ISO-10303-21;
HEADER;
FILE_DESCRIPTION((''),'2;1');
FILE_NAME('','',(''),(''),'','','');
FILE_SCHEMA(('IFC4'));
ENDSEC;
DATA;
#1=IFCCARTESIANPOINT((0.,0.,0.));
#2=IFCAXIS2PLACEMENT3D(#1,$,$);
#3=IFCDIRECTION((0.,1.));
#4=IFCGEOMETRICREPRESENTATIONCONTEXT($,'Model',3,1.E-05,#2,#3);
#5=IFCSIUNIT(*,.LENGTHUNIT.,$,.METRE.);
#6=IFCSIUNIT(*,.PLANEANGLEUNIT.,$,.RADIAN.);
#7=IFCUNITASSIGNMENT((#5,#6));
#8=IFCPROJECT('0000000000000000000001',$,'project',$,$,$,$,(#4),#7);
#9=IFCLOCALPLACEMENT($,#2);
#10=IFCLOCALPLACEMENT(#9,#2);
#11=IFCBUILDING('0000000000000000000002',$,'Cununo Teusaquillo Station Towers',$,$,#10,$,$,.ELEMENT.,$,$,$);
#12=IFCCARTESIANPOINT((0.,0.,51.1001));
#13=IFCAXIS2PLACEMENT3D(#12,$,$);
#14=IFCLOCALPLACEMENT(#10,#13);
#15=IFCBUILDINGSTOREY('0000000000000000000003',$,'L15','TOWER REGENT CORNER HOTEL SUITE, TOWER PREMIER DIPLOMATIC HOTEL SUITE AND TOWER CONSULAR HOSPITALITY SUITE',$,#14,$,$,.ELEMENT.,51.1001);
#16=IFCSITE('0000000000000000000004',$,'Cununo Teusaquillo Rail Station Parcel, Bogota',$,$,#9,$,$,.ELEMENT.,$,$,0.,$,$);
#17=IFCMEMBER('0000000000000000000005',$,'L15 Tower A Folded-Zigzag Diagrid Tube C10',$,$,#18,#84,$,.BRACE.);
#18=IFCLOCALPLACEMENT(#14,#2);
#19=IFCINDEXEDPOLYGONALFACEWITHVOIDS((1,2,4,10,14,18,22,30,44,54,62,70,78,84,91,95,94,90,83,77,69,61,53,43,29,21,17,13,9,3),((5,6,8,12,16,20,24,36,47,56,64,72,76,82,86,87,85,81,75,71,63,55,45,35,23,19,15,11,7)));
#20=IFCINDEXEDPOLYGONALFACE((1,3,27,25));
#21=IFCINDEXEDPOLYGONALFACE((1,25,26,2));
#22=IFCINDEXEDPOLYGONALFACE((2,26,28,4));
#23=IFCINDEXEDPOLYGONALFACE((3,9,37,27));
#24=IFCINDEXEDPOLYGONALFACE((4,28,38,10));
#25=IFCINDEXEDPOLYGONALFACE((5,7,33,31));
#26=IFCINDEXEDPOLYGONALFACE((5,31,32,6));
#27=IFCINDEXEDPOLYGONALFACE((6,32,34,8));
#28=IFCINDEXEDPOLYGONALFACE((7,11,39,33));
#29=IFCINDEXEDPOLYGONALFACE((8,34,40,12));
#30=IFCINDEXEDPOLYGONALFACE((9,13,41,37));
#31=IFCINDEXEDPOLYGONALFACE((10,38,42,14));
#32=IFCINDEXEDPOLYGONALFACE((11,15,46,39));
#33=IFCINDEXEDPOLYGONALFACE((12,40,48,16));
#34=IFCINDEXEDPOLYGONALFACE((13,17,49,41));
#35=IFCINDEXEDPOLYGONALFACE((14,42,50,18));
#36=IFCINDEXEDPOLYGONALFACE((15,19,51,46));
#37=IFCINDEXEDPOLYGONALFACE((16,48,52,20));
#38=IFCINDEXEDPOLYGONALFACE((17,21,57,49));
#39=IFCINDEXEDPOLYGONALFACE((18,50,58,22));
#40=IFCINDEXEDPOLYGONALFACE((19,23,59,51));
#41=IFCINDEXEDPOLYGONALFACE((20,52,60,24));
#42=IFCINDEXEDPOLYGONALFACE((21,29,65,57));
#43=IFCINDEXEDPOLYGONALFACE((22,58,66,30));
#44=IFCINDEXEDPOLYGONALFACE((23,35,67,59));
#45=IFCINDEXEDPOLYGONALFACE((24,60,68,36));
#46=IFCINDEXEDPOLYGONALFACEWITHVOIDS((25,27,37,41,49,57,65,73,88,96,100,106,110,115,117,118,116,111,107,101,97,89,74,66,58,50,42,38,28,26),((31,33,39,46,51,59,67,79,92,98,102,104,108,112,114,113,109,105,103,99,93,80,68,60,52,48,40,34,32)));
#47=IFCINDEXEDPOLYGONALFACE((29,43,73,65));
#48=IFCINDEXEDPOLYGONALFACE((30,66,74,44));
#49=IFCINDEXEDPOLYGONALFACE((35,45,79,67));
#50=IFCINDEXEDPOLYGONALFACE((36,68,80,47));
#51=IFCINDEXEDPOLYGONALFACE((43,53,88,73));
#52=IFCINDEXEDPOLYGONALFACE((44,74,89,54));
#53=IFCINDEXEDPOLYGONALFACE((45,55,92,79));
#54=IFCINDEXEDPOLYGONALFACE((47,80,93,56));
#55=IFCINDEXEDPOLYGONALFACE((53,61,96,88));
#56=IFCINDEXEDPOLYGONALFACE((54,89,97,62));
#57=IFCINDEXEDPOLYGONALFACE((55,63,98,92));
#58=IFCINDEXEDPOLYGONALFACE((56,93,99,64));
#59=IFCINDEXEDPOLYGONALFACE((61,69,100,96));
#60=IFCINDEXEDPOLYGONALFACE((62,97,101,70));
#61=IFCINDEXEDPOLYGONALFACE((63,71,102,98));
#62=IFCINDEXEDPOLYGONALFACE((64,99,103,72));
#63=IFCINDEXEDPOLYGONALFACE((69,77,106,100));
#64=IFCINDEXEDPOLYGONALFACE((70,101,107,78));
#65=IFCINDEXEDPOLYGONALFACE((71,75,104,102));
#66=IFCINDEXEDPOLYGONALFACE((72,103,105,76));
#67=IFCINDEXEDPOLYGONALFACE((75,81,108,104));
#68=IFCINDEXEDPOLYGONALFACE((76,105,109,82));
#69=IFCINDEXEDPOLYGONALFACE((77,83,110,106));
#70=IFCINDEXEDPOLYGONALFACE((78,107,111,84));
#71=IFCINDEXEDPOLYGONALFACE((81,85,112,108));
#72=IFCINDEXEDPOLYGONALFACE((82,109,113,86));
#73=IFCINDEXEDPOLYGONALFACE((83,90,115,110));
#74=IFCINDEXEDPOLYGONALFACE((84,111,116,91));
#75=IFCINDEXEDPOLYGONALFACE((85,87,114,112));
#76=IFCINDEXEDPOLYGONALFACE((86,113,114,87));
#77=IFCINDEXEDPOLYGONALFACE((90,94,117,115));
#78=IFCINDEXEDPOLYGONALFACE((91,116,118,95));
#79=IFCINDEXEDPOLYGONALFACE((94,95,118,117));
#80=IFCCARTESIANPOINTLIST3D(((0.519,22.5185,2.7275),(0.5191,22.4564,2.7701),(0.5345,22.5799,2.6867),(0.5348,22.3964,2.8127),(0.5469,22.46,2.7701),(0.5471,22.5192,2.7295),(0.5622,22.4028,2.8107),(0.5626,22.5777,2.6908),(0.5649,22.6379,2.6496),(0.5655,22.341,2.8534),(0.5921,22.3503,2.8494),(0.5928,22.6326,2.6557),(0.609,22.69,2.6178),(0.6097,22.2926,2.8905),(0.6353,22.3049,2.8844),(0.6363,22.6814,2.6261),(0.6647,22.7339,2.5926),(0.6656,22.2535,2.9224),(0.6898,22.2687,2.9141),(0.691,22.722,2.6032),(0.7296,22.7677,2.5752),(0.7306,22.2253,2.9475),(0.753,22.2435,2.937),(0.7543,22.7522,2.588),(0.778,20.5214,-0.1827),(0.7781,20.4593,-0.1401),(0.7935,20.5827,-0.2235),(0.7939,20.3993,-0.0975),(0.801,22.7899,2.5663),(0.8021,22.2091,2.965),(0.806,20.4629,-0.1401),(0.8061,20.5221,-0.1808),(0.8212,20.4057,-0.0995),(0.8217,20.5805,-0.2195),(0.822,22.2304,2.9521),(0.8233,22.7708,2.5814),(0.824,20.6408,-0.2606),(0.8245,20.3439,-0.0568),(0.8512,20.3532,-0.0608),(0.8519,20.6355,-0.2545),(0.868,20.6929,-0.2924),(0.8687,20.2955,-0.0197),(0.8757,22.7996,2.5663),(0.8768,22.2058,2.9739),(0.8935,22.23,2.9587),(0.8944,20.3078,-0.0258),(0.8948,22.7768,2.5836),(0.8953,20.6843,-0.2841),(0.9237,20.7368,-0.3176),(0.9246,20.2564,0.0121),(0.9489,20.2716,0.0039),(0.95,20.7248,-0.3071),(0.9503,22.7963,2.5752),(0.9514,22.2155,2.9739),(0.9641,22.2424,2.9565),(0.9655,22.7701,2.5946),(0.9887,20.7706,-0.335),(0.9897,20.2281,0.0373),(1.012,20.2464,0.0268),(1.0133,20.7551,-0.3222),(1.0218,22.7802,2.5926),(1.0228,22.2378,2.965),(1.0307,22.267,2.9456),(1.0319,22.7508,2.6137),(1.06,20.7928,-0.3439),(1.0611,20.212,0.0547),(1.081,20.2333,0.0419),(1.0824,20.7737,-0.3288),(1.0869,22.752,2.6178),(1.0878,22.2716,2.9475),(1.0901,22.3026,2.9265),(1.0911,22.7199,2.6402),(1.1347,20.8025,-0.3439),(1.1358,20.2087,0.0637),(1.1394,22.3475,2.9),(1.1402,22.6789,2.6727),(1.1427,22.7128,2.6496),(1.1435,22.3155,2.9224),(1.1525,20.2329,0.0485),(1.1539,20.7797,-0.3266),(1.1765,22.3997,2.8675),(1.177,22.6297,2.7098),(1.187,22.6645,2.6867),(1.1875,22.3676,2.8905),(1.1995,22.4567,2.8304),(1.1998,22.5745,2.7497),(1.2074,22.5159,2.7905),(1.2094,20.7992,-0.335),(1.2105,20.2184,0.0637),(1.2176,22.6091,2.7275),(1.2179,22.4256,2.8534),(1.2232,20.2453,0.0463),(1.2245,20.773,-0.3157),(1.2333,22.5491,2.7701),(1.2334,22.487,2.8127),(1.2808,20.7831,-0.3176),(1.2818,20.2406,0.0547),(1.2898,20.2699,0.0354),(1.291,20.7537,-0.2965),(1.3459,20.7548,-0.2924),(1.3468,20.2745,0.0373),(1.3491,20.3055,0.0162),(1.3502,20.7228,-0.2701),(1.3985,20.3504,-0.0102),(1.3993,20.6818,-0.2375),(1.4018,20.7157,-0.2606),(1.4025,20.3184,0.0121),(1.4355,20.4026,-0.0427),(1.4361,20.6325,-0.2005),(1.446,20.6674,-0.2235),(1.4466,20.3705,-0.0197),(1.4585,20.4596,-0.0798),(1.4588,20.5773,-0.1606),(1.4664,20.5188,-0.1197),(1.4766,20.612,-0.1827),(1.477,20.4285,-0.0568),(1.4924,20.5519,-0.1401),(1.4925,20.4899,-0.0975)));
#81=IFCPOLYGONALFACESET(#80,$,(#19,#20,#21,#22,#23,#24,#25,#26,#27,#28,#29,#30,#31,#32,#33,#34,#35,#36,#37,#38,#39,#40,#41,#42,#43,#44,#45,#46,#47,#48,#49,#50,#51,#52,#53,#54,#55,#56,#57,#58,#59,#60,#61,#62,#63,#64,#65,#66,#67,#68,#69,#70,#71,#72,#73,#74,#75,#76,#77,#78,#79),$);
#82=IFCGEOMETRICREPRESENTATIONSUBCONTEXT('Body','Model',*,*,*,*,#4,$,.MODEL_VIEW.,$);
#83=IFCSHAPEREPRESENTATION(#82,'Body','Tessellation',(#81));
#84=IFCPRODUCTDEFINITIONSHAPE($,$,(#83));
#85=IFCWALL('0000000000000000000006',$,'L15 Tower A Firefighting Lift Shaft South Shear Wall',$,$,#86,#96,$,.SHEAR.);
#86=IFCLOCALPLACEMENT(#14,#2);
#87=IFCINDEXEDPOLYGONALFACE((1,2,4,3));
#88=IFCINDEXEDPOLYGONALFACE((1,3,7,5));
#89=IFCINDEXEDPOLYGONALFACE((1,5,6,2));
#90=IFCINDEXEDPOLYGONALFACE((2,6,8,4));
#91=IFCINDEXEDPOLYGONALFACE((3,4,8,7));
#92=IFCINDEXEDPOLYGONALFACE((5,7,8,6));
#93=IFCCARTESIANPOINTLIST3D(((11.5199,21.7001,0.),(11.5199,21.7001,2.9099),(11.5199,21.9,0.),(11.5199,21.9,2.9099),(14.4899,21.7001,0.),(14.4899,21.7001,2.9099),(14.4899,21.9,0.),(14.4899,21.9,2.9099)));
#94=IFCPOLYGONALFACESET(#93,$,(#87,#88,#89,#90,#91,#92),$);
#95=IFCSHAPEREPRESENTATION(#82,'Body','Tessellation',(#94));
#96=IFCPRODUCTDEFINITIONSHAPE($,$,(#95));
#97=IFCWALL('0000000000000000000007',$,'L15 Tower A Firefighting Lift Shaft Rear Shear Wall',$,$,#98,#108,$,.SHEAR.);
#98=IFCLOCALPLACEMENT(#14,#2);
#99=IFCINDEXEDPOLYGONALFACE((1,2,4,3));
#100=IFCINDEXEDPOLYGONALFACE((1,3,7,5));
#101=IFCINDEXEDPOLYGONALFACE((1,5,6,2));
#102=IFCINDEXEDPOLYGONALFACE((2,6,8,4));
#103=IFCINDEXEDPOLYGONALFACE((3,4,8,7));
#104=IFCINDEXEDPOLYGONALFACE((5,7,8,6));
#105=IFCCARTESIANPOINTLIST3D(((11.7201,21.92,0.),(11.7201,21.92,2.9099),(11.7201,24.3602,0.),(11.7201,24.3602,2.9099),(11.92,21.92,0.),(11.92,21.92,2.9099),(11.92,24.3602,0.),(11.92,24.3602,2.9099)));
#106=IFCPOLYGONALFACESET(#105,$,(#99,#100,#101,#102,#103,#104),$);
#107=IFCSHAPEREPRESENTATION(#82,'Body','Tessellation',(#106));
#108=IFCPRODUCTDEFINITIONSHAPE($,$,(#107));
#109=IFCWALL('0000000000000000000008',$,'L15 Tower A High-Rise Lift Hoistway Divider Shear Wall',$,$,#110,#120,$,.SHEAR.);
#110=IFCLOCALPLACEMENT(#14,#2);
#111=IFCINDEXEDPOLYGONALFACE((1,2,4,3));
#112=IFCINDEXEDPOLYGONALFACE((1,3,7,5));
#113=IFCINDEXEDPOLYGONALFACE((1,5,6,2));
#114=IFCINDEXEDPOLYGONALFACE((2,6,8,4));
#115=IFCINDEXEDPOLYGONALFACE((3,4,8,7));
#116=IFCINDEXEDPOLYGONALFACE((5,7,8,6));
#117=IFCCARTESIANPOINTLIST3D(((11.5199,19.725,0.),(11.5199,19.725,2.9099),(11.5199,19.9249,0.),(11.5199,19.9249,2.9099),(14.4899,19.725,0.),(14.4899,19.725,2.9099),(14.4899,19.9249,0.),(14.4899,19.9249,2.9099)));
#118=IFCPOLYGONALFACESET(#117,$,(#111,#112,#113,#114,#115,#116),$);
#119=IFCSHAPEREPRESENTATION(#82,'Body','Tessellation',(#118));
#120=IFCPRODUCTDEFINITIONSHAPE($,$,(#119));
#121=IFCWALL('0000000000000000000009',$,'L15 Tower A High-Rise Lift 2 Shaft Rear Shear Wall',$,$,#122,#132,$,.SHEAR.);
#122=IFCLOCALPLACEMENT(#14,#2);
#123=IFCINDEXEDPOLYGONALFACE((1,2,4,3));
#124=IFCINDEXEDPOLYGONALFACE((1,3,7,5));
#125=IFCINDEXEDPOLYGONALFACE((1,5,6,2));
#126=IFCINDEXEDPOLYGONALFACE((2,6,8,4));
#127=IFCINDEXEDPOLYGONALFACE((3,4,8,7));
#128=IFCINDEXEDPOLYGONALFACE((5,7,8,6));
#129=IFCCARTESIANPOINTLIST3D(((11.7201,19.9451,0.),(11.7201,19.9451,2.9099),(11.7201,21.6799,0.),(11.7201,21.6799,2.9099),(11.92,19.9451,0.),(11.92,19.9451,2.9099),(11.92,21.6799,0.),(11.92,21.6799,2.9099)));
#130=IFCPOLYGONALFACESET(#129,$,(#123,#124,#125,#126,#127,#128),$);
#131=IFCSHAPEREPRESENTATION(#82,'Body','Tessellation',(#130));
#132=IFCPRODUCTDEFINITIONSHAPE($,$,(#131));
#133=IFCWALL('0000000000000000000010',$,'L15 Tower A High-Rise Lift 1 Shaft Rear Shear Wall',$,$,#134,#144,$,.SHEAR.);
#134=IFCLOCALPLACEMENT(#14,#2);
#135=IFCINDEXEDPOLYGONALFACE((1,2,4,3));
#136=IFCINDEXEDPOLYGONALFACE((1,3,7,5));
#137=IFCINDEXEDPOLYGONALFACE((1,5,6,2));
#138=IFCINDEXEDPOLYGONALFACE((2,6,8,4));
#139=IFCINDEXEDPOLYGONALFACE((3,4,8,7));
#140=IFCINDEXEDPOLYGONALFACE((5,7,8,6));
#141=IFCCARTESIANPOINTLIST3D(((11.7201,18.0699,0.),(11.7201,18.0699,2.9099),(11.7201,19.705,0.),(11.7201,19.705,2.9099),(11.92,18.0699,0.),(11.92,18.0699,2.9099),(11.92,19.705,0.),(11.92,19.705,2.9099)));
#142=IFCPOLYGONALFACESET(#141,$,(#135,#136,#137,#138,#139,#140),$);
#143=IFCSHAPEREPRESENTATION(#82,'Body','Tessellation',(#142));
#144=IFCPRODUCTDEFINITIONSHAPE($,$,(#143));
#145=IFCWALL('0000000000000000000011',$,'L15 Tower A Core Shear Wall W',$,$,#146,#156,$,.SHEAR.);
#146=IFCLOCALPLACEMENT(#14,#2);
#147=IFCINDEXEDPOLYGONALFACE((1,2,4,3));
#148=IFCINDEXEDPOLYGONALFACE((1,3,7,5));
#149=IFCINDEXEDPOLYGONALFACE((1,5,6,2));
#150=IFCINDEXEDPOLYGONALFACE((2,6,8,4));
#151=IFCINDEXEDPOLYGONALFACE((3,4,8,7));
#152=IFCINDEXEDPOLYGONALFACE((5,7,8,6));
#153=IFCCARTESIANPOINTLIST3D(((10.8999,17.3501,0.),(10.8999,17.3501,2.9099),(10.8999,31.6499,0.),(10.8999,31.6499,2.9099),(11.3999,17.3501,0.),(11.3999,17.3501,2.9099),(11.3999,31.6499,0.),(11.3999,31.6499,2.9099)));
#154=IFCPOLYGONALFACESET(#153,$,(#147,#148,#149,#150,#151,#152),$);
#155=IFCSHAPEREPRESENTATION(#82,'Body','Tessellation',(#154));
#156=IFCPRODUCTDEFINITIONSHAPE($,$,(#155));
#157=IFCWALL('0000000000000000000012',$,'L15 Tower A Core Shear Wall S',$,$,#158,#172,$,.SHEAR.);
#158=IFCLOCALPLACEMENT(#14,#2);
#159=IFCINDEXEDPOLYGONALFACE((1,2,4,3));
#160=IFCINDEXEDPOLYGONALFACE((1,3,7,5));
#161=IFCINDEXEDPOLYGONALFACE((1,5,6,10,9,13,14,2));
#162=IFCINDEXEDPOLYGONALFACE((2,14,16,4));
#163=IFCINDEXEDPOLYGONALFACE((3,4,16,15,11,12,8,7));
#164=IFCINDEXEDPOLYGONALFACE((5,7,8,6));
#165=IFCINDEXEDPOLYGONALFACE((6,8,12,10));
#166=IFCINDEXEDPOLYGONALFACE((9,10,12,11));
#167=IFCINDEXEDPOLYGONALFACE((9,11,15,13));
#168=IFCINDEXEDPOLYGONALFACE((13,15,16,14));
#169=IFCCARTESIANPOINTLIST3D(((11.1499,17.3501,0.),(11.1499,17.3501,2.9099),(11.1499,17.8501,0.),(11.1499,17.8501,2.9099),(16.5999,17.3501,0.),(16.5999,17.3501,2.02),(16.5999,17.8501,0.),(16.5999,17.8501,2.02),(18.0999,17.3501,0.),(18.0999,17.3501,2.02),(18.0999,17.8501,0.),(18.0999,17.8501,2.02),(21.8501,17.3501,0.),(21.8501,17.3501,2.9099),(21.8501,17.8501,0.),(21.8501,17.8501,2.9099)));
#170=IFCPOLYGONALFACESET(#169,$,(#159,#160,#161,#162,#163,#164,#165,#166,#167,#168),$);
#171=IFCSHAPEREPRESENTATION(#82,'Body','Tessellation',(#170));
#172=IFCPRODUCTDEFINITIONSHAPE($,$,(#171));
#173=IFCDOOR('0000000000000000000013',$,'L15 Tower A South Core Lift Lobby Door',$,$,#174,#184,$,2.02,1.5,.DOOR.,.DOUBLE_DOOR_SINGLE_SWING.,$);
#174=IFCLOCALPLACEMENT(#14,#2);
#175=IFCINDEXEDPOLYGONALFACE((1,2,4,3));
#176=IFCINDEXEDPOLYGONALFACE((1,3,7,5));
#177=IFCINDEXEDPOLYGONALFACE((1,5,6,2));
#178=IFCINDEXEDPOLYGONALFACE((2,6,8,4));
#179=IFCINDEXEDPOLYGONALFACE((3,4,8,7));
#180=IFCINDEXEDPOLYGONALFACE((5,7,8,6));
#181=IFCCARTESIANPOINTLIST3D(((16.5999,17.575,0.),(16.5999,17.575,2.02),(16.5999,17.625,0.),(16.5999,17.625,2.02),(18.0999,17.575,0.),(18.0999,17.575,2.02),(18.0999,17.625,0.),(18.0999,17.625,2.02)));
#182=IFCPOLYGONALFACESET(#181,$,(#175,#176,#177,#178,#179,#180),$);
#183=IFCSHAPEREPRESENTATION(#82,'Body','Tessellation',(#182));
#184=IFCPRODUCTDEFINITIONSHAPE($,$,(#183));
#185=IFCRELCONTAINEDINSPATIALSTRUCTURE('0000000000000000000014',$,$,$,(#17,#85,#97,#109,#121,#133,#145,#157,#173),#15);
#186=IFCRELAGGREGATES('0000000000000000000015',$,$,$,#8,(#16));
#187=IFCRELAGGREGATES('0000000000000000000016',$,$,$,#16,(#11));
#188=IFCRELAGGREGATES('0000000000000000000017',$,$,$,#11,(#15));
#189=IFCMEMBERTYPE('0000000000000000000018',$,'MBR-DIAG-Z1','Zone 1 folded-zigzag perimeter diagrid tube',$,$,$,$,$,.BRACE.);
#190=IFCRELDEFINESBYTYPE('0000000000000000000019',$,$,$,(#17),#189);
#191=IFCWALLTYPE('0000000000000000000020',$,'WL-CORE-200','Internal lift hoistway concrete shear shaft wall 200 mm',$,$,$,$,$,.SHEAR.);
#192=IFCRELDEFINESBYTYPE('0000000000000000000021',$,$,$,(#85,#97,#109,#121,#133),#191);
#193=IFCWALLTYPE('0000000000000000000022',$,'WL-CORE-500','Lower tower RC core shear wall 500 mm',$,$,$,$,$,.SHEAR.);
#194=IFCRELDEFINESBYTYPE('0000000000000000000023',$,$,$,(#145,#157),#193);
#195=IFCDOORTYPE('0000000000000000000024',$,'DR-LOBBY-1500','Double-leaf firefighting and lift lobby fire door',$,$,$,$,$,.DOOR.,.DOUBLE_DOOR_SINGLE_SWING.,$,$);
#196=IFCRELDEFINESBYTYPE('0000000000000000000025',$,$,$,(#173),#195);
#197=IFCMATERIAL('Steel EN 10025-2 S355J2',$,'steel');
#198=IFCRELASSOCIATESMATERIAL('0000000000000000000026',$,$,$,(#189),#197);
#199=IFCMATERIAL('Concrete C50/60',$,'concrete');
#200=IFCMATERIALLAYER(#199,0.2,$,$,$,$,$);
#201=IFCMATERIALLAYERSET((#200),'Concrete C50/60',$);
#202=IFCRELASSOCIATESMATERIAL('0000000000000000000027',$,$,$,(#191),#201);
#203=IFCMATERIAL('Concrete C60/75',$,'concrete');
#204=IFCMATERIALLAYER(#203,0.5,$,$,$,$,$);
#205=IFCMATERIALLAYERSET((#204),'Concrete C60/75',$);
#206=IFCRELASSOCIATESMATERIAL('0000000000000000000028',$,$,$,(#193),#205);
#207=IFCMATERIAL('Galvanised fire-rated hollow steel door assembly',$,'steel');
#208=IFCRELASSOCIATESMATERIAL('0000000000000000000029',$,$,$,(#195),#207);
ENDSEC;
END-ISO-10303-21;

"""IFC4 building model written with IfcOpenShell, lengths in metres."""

from ifc_helpers import new_model, si_unit, direction, frame, frame_2d, origin, origin_2d, place, context, subcontext, project, spatial, rectangle, hollow_circle, extrude, source, transform, mapped, material, layer, layer_set, material_profile, profile_set, type_object, element, fill, save


model = new_model("IFC4")

# Units and contexts
model_context = context("Model", 3, precision=1e-05, world=origin(), true_north=direction((0.0, 1.0)))
body_context = subcontext(model_context, "Body", "Model", "MODEL_VIEW")
ifc_project = project(units=[si_unit("LENGTHUNIT", "METRE"), si_unit("PLANEANGLEUNIT", "RADIAN")], contexts=[model_context])

# Site, building, storey
site_placement = place(None, origin())
site = spatial("IfcSite", under=ifc_project, at=site_placement, Name="Cununo Teusaquillo Rail Station Parcel, Bogota", CompositionType="ELEMENT", RefElevation=0.0)
building_placement = place(site_placement, origin())
building = spatial("IfcBuilding", under=site, at=building_placement, Name="Cununo Teusaquillo Station Towers", CompositionType="ELEMENT")
storey_placement = place(building_placement, frame((0.0, 0.0, 51.1001)))
storey = spatial("IfcBuildingStorey", under=building, at=storey_placement, Name="L15", Description="TOWER REGENT CORNER HOTEL SUITE, TOWER PREMIER DIPLOMATIC HOTEL SUITE AND TOWER CONSULAR HOSPITALITY SUITE", CompositionType="ELEMENT", Elevation=51.1001)

# Member
ifc_material_1 = material(Name="Steel EN 10025-2 S355J2", Category="steel")
ifc_material_profile_1 = material_profile(ifc_material_1, hollow_circle(Radius=0.3601, WallThickness=0.0281, at=origin_2d()), Name="CHS 720x28")
ifc_profile_set_1 = profile_set([ifc_material_profile_1], Name="Steel EN 10025-2 S355J2")
member_type = type_object("IfcMemberType", Name="MBR-DIAG-Z1", Description="Zone 1 folded-zigzag perimeter diagrid tube", PredefinedType="BRACE", material=ifc_profile_set_1)
member_placement = place(storey_placement, frame((1.1353, 20.5056, -0.1401), z_axis=(-0.073194, 0.564306, 0.822314), x_axis=(-0.991693, -0.128629, 0.0)))
element("IfcMember", 1, at=member_placement, inside=storey, type_object=member_type, Name="L15 Tower A Folded-Zigzag Diagrid Tube C10", PredefinedType="BRACE", context=body_context, shape_type="SweptSolid", body=[
    extrude(hollow_circle(Radius=0.3601, WallThickness=0.0281, at=origin_2d()), origin(), (0.0, 0.0, 1.0), 3.5391),
])

# Walls
ifc_material_2 = material(Name="Concrete C50/60", Category="concrete")
ifc_layer_1 = layer(ifc_material_2, 0.2)
ifc_layer_set_1 = layer_set([ifc_layer_1], Name="Concrete C50/60")
wall_type_1 = type_object("IfcWallType", Name="WL-CORE-200", Description="Internal lift hoistway concrete shear shaft wall 200 mm", PredefinedType="SHEAR", material=ifc_layer_set_1)
wall_1_placement = place(storey_placement, frame((11.52, 21.8, 0.0), z_axis=(0.0, 0.0, 1.0), x_axis=(1.0, 0.0, 0.0)))
element("IfcWall", 2, at=wall_1_placement, inside=storey, type_object=wall_type_1, Name="L15 Tower A Firefighting Lift Shaft South Shear Wall", PredefinedType="SHEAR", context=body_context, shape_type="SweptSolid", body=[
    extrude(rectangle(XDim=2.97, YDim=0.2, at=frame_2d((1.4849, 0.0))), origin(), (0.0, 0.0, 1.0), 2.9099),
])
wall_2_placement = place(storey_placement, frame((11.8201, 21.9199, 0.0), z_axis=(0.0, 0.0, 1.0), x_axis=(0.0, 1.0, 0.0)))
element("IfcWall", 3, at=wall_2_placement, inside=storey, type_object=wall_type_1, Name="L15 Tower A Firefighting Lift Shaft Rear Shear Wall", PredefinedType="SHEAR", context=body_context, shape_type="SweptSolid", body=[
    extrude(rectangle(XDim=2.4402, YDim=0.2, at=frame_2d((1.2202, 0.0))), origin(), (0.0, 0.0, 1.0), 2.9099),
])
wall_3_placement = place(storey_placement, frame((11.52, 19.825, 0.0), z_axis=(0.0, 0.0, 1.0), x_axis=(1.0, 0.0, 0.0)))
element("IfcWall", 4, at=wall_3_placement, inside=storey, type_object=wall_type_1, Name="L15 Tower A High-Rise Lift Hoistway Divider Shear Wall", PredefinedType="SHEAR", context=body_context, shape_type="SweptSolid", body=[
    extrude(rectangle(XDim=2.97, YDim=0.2, at=frame_2d((1.4849, 0.0))), origin(), (0.0, 0.0, 1.0), 2.9099),
])
wall_4_placement = place(storey_placement, frame((11.8201, 19.9451, 0.0), z_axis=(0.0, 0.0, 1.0), x_axis=(0.0, 1.0, 0.0)))
element("IfcWall", 5, at=wall_4_placement, inside=storey, type_object=wall_type_1, Name="L15 Tower A High-Rise Lift 2 Shaft Rear Shear Wall", PredefinedType="SHEAR", context=body_context, shape_type="SweptSolid", body=[
    extrude(rectangle(XDim=1.7349, YDim=0.2, at=frame_2d((0.8674, 0.0))), origin(), (0.0, 0.0, 1.0), 2.9099),
])
wall_5_placement = place(storey_placement, frame((11.8201, 18.0701, 0.0), z_axis=(0.0, 0.0, 1.0), x_axis=(0.0, 1.0, 0.0)))
element("IfcWall", 6, at=wall_5_placement, inside=storey, type_object=wall_type_1, Name="L15 Tower A High-Rise Lift 1 Shaft Rear Shear Wall", PredefinedType="SHEAR", context=body_context, shape_type="SweptSolid", body=[
    extrude(rectangle(XDim=1.635, YDim=0.2, at=frame_2d((0.8174, 0.0))), origin(), (0.0, 0.0, 1.0), 2.9099),
])
ifc_material_3 = material(Name="Concrete C60/75", Category="concrete")
ifc_layer_2 = layer(ifc_material_3, 0.5)
ifc_layer_set_2 = layer_set([ifc_layer_2], Name="Concrete C60/75")
wall_type_2 = type_object("IfcWallType", Name="WL-CORE-500", Description="Lower tower RC core shear wall 500 mm", PredefinedType="SHEAR", material=ifc_layer_set_2)
wall_6_placement = place(storey_placement, frame((11.1499, 17.3501, 0.0), z_axis=(0.0, 0.0, 1.0), x_axis=(0.0, 1.0, 0.0)))
element("IfcWall", 7, at=wall_6_placement, inside=storey, type_object=wall_type_2, Name="L15 Tower A Core Shear Wall W", PredefinedType="SHEAR", context=body_context, shape_type="SweptSolid", body=[
    extrude(rectangle(XDim=14.2998, YDim=0.5, at=frame_2d((7.1499, 0.0))), origin(), (0.0, 0.0, 1.0), 2.9099),
])

# Wall, opening, door
wall_7_placement = place(storey_placement, frame((11.1499, 17.6001, 0.0), z_axis=(0.0, 0.0, 1.0), x_axis=(1.0, 0.0, 0.0)))
wall_7 = element("IfcWall", 8, at=wall_7_placement, inside=storey, type_object=wall_type_2, Name="L15 Tower A Core Shear Wall S", PredefinedType="SHEAR", context=body_context, shape_type="SweptSolid", body=[
    extrude(rectangle(XDim=10.7002, YDim=0.5, at=frame_2d((5.3501, 0.0))), origin(), (0.0, 0.0, 1.0), 2.9099),
])
shared_shape_1 = source(origin(), body_context, "Body", "SweptSolid", [
    extrude(rectangle(XDim=1.5, YDim=2.02, at=frame_2d((0.75, 1.01))), frame((0.0, 0.26, 0.0), z_axis=(0.0, -1.0, 0.0), x_axis=(1.0, 0.0, 0.0)), (0.0, 0.0, 1.0), 0.52),
])
opening_1_placement = place(wall_7_placement, frame((5.45, 0.0, 0.0)))
opening_1 = element("IfcOpeningElement", 9, at=opening_1_placement, cuts=wall_7, PredefinedType="OPENING", context=body_context, shape_type="MappedRepresentation", body=[
    mapped(shared_shape_1, transform((0.0, 0.0, 0.0), x_axis=(1.0, 0.0, 0.0), y_axis=(0.0, 1.0, 0.0), z_axis=(0.0, 0.0, 1.0), scale=1.0)),
])
ifc_material_4 = material(Name="Galvanised fire-rated hollow steel door assembly", Category="steel")
door_type_1 = type_object("IfcDoorType", Name="DR-LOBBY-1500", Description="Double-leaf firefighting and lift lobby fire door", OperationType="DOUBLE_DOOR_SINGLE_SWING", PredefinedType="DOOR", material=ifc_material_4)
shared_shape_2 = source(origin(), body_context, "Body", "SweptSolid", [
    extrude(rectangle(XDim=1.5, YDim=2.02, at=frame_2d((0.75, 1.01))), frame((0.0, 0.0249, 0.0), z_axis=(0.0, -1.0, 0.0), x_axis=(1.0, 0.0, 0.0)), (0.0, 0.0, 1.0), 0.05),
])
door_1_placement = place(opening_1_placement, origin())
door_1 = element("IfcDoor", 10, at=door_1_placement, inside=storey, type_object=door_type_1, Name="L15 Tower A South Core Lift Lobby Door", OperationType="DOUBLE_DOOR_SINGLE_SWING", OverallHeight=2.02, OverallWidth=1.5, PredefinedType="DOOR", context=body_context, shape_type="MappedRepresentation", body=[
    mapped(shared_shape_2, transform((0.0, 0.0, 0.0), x_axis=(1.0, 0.0, 0.0), y_axis=(0.0, 1.0, 0.0), z_axis=(0.0, 0.0, 1.0), scale=1.0)),
])
fill(opening_1, door_1)

save(model, "model.ifc")
